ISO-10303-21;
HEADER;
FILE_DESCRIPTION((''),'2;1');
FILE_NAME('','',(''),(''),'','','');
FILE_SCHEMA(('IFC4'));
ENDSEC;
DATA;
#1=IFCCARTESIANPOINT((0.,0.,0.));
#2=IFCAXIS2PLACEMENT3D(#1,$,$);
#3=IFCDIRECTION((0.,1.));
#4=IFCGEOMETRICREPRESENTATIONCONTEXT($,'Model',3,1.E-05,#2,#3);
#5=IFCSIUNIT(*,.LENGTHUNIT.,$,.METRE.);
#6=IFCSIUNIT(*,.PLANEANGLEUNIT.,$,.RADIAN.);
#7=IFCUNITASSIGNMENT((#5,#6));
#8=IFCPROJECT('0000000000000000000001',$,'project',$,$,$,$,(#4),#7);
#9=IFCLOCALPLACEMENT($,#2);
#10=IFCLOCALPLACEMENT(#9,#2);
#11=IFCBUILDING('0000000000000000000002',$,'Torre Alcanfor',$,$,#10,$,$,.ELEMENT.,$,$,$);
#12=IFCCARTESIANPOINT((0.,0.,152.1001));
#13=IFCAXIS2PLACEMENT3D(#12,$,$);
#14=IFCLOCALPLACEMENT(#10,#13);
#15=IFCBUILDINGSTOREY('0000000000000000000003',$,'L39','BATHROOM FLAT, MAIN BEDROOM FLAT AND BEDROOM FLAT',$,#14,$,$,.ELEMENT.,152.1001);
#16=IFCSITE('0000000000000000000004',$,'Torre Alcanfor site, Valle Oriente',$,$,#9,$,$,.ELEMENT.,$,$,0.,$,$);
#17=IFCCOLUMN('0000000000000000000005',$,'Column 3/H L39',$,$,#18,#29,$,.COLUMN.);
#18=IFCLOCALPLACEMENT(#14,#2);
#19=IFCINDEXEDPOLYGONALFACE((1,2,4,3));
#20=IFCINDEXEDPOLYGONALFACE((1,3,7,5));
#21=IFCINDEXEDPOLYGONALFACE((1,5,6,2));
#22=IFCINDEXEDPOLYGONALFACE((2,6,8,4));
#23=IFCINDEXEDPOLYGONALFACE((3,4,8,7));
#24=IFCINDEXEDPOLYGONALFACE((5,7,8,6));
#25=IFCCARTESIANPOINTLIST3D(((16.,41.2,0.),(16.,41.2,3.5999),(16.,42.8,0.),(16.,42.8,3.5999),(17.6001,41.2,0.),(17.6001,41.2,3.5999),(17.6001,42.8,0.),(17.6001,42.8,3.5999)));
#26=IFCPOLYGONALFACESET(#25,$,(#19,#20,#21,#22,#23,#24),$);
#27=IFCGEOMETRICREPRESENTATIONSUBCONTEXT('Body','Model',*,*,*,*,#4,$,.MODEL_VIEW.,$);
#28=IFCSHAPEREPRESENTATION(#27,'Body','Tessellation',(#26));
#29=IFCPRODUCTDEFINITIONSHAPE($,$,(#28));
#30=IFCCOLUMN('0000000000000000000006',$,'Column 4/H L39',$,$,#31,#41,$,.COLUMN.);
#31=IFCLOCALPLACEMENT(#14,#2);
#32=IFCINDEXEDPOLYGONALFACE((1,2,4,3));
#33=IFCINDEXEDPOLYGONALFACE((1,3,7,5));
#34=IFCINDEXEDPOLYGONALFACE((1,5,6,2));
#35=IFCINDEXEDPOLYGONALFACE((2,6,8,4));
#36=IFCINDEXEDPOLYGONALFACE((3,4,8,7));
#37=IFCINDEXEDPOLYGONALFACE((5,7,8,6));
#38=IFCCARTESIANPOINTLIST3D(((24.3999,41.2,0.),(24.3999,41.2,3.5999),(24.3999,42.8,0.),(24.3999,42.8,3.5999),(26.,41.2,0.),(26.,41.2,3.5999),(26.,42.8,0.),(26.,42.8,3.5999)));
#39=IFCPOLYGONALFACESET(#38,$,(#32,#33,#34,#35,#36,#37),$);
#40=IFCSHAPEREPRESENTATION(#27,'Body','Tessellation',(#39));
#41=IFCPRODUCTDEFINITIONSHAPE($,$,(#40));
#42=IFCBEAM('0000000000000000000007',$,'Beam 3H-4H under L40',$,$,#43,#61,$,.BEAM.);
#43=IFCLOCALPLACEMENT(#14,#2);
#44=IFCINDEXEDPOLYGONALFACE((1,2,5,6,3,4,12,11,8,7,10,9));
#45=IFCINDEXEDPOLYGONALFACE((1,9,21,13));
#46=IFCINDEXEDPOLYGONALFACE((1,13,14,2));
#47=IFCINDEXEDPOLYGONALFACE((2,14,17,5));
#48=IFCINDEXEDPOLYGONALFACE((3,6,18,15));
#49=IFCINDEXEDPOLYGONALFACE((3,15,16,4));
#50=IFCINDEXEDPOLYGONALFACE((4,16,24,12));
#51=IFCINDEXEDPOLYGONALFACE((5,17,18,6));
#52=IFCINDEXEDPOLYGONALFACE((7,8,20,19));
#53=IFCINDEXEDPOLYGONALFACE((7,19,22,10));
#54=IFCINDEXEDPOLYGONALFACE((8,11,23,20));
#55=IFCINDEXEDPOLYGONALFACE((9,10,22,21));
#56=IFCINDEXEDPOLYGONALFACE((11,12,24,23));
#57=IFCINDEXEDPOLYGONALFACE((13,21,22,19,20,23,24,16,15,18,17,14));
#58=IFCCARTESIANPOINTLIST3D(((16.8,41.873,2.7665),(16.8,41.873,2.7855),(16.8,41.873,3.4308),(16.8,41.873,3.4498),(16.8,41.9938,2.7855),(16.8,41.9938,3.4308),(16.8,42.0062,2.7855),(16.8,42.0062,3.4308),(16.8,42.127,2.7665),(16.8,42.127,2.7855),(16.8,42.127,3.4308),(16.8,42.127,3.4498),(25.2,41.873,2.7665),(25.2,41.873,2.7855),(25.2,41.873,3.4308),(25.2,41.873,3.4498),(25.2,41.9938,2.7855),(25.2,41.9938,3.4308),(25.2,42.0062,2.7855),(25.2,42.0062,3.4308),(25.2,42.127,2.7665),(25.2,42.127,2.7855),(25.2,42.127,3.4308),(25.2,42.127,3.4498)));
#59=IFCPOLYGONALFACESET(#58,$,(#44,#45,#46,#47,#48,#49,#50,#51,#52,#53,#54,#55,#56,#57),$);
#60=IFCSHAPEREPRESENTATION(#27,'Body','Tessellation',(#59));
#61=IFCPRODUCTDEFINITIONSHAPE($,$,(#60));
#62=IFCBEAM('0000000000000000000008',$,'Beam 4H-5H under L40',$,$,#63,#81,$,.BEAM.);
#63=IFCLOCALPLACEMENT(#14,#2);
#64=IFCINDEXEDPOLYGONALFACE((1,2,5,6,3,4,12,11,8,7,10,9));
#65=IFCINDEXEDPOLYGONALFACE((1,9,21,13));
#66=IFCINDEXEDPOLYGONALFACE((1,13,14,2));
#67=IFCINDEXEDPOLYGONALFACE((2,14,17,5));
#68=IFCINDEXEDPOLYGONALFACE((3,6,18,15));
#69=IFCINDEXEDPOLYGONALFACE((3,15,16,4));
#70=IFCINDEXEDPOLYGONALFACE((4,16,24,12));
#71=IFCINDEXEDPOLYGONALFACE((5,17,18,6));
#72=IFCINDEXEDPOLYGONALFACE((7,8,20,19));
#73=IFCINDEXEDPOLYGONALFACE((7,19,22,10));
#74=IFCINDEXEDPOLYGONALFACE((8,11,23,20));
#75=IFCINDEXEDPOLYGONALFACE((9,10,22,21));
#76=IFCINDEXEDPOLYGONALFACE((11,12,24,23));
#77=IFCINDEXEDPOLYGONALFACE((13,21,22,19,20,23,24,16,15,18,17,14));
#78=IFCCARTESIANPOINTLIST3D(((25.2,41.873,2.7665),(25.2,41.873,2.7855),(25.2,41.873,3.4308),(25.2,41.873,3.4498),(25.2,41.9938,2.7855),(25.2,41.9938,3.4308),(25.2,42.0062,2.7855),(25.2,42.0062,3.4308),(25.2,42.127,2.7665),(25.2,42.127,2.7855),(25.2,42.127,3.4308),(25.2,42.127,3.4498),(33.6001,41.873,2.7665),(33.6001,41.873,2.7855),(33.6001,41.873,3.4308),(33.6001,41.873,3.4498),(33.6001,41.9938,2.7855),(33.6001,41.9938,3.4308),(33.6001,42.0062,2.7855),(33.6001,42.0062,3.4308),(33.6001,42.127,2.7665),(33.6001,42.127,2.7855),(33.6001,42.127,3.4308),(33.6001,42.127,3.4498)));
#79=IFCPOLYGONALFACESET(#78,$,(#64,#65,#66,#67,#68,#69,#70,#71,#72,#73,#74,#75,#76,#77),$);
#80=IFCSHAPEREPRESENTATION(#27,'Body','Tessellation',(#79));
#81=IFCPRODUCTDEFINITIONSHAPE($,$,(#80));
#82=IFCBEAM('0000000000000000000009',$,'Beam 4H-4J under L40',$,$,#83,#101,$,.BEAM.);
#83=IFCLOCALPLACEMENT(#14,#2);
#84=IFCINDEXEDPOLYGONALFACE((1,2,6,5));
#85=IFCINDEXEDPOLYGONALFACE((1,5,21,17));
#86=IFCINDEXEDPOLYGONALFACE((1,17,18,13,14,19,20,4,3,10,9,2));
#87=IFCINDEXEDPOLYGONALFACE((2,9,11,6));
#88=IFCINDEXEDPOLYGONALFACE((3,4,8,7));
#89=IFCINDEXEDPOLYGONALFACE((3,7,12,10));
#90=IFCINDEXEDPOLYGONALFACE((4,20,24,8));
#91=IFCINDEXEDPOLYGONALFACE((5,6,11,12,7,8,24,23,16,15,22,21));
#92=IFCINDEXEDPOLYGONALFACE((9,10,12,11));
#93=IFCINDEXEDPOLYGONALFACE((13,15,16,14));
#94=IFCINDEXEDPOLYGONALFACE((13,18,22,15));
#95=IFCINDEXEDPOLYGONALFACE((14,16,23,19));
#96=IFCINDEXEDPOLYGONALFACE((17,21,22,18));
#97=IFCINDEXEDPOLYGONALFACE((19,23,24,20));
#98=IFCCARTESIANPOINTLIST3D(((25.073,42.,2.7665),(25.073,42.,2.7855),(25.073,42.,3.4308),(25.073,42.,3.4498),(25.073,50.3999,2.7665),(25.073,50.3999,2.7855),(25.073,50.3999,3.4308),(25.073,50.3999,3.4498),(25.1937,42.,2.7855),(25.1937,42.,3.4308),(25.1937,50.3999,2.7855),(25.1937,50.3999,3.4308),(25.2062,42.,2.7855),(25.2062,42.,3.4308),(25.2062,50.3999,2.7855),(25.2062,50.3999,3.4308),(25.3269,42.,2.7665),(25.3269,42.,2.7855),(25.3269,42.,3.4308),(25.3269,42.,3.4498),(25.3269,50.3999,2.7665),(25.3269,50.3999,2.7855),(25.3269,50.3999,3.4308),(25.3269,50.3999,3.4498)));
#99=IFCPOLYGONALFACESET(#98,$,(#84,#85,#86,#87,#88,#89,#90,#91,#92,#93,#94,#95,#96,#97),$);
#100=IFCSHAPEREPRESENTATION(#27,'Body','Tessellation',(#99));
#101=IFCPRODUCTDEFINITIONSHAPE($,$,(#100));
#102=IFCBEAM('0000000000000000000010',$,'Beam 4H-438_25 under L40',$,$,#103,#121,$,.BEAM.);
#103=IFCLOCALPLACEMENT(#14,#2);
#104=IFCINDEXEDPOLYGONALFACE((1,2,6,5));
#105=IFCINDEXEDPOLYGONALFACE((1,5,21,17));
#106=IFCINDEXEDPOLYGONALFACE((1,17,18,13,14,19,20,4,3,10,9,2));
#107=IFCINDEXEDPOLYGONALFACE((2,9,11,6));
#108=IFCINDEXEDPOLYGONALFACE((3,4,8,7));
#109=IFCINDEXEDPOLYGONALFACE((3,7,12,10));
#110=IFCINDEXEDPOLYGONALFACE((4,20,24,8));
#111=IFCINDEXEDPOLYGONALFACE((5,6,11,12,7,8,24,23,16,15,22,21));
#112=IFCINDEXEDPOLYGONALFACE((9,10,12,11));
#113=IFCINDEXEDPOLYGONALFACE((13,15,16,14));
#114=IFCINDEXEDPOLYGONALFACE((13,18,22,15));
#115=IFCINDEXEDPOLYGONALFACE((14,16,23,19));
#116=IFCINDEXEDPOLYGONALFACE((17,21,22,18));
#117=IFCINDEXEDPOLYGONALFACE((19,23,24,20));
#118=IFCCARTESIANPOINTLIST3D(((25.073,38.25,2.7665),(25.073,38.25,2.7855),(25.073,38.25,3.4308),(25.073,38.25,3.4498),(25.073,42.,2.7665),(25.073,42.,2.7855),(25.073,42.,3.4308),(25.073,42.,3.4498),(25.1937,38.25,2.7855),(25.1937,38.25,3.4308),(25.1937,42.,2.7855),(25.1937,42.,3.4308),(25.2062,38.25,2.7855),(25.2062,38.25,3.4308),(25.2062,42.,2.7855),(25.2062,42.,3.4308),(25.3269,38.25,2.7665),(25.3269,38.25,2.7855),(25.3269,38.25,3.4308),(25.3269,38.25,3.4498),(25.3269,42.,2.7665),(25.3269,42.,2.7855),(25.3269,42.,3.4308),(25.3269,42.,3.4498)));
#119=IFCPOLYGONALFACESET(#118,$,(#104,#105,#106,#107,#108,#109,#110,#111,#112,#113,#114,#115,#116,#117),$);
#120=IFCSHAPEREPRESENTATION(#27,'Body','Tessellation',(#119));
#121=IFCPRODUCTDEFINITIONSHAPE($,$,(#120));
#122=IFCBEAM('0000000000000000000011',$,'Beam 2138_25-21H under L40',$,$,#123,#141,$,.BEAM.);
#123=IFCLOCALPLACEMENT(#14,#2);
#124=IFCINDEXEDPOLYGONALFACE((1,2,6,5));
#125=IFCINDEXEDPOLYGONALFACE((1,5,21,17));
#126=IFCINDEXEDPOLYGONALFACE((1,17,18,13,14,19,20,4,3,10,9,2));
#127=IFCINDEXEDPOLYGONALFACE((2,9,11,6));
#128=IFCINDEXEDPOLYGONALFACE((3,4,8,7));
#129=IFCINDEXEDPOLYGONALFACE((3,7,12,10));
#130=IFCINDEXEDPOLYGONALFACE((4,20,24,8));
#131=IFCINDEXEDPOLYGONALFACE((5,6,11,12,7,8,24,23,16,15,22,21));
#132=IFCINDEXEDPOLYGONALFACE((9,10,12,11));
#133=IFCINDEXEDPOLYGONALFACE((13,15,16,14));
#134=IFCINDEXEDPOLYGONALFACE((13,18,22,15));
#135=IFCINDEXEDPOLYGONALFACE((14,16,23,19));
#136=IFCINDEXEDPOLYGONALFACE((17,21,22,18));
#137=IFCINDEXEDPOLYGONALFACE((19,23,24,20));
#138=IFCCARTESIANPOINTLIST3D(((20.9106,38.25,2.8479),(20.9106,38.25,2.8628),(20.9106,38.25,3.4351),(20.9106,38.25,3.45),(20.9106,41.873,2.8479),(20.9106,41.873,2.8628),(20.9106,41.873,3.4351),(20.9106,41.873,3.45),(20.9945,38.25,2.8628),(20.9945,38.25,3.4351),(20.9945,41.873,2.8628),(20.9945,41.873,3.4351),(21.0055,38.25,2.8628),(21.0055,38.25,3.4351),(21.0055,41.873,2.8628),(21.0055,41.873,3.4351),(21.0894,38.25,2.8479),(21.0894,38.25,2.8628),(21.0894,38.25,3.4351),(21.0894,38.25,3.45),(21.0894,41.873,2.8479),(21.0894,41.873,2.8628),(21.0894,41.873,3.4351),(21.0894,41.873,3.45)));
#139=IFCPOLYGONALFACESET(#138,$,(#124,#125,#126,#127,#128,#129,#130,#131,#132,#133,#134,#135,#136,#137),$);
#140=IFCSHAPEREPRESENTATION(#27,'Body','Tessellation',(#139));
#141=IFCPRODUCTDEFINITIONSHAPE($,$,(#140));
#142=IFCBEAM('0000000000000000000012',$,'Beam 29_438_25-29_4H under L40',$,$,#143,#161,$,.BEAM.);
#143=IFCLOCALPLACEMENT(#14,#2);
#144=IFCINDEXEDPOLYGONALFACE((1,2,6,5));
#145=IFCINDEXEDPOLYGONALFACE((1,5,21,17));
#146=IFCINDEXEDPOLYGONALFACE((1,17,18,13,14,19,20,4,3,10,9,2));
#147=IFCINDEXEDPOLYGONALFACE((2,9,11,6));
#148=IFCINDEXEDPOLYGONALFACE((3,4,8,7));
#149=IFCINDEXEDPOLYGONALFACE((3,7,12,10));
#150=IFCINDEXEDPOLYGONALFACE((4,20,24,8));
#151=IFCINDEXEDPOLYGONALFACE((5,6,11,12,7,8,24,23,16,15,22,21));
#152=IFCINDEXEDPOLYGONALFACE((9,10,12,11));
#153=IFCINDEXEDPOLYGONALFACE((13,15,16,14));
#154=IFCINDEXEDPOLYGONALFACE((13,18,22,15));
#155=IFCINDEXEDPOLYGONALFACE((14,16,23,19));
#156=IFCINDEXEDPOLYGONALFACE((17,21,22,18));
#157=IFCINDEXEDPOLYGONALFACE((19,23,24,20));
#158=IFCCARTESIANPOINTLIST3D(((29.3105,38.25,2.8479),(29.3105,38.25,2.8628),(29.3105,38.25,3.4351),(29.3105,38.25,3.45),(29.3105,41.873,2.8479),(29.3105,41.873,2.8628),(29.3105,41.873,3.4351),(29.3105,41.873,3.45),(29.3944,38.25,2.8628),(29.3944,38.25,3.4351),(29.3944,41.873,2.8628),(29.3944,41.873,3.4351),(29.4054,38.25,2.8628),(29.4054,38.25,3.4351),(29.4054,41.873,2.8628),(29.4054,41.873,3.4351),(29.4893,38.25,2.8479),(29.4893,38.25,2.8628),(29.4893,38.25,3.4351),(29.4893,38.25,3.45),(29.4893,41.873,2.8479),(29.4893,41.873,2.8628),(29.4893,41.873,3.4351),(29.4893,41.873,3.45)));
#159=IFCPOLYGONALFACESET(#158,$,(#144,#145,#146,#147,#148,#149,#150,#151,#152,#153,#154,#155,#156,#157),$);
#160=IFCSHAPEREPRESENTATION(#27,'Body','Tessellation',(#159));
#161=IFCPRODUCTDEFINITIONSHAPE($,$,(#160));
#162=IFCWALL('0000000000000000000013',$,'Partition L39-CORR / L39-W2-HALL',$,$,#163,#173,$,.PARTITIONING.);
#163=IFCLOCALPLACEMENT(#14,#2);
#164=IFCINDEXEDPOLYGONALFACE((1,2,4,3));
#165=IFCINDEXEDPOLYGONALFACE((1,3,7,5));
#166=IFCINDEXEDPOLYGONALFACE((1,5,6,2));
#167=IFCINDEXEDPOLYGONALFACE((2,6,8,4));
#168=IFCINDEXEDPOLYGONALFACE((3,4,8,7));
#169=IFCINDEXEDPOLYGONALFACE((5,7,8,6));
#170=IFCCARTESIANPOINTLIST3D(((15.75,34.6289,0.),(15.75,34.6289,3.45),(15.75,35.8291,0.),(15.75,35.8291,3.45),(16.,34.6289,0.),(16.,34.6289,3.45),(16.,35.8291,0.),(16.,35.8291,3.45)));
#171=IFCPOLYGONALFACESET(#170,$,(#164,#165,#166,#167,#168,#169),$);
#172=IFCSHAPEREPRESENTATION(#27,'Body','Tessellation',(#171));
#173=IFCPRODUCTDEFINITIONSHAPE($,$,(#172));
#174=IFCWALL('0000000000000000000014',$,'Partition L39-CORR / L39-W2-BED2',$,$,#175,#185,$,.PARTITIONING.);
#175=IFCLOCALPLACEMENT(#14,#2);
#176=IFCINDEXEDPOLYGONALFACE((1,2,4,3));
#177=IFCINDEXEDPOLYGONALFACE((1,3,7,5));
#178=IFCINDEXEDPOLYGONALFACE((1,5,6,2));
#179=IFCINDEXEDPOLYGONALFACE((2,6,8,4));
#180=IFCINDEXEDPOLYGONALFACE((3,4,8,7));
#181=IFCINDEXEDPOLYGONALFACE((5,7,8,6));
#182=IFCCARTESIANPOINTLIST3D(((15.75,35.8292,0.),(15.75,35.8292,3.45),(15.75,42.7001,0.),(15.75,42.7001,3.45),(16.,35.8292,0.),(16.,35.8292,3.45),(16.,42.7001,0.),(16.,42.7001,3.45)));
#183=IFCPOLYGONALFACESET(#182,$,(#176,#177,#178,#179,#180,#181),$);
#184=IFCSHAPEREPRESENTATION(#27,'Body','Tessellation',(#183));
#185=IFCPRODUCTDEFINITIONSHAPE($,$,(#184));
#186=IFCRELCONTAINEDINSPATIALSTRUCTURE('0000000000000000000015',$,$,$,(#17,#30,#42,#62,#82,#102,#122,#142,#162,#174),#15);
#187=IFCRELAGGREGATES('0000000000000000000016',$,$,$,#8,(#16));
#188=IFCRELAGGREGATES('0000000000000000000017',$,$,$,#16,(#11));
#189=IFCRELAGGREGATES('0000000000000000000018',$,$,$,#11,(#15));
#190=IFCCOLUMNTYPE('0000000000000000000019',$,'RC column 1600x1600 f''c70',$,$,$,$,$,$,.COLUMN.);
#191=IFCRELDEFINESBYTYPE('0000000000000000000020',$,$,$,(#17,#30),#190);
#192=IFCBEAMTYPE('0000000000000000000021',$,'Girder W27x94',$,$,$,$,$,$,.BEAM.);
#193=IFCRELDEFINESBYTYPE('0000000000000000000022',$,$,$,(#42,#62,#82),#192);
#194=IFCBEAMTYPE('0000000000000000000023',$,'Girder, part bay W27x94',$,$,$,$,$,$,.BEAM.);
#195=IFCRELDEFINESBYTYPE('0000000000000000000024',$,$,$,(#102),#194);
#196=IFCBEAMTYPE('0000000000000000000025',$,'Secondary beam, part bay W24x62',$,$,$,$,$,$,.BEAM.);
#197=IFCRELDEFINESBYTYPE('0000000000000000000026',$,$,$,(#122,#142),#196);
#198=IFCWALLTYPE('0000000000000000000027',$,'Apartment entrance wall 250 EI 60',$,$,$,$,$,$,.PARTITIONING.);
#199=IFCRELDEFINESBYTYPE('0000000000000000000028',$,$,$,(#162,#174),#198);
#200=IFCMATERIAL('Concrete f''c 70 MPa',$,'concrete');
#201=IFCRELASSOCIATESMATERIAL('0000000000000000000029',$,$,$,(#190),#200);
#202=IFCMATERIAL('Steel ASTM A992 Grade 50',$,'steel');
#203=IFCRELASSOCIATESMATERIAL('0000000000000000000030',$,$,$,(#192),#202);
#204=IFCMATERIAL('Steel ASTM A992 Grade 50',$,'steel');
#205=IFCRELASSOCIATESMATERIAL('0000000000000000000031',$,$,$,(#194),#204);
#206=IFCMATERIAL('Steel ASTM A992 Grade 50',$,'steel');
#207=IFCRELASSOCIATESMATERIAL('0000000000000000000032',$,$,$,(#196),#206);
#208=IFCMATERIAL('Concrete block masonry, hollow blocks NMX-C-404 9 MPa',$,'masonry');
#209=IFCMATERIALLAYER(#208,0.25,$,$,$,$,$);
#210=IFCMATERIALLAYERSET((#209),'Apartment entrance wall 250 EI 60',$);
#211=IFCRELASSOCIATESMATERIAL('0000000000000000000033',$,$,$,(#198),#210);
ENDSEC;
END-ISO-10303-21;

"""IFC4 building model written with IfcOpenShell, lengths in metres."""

from ifc_helpers import new_model, si_unit, direction, frame, frame_2d, origin, origin_2d, place, context, subcontext, project, spatial, rectangle, i_section, extrude, material, layer, layer_set, material_profile, profile_set, type_object, element, save


model = new_model("IFC4")

# Units and contexts
model_context = context("Model", 3, precision=1e-05, world=origin(), true_north=direction((0.0, 1.0)))
body_context = subcontext(model_context, "Body", "Model", "MODEL_VIEW")
ifc_project = project(units=[si_unit("LENGTHUNIT", "METRE"), si_unit("PLANEANGLEUNIT", "RADIAN")], contexts=[model_context])

# Site, building, storey
site_placement = place(None, origin())
site = spatial("IfcSite", under=ifc_project, at=site_placement, Name="Torre Alcanfor site, Valle Oriente", CompositionType="ELEMENT", RefElevation=0.0)
building_placement = place(site_placement, origin())
building = spatial("IfcBuilding", under=site, at=building_placement, Name="Torre Alcanfor", CompositionType="ELEMENT")
storey_placement = place(building_placement, frame((0.0, 0.0, 152.1001)))
storey = spatial("IfcBuildingStorey", under=building, at=storey_placement, Name="L39", Description="BATHROOM FLAT, MAIN BEDROOM FLAT AND BEDROOM FLAT", CompositionType="ELEMENT", Elevation=152.1001)

# Columns
ifc_material_1 = material(Name="Concrete f'c 70 MPa", Category="concrete")
ifc_material_profile_1 = material_profile(ifc_material_1, rectangle(XDim=1.6001, YDim=1.6001, at=origin_2d()), Name="1600x1600")
ifc_profile_set_1 = profile_set([ifc_material_profile_1], Name="Concrete f'c 70 MPa")
column_type = type_object("IfcColumnType", Name="RC column 1600x1600 f'c70", PredefinedType="COLUMN", material=ifc_profile_set_1)
for number, where, z_axis, x_axis, name in (
    (1, (16.8, 42.0, 0.0), (0.0, 0.0, 1.0), (1.0, 0.0, 0.0), "Column 3/H L39"),
    (2, (25.2, 42.0, 0.0), (0.0, 0.0, 1.0), (1.0, 0.0, 0.0), "Column 4/H L39"),
):
    element("IfcColumn", number, at=place(storey_placement, frame(where, z_axis=z_axis, x_axis=x_axis)), inside=storey, type_object=column_type, Name=name, PredefinedType="COLUMN", context=body_context, shape_type="SweptSolid", body=[
        extrude(rectangle(XDim=1.6001, YDim=1.6001, at=origin_2d()), origin(), (0.0, 0.0, 1.0), 3.5999),
    ])

# Beams
ifc_material_2 = material(Name="Steel ASTM A992 Grade 50", Category="steel")
ifc_material_profile_2 = material_profile(ifc_material_2, i_section(OverallWidth=0.2539, OverallDepth=0.6833, WebThickness=0.0125, FlangeThickness=0.019, at=origin_2d()), Name="W27x94")
ifc_profile_set_2 = profile_set([ifc_material_profile_2], Name="Steel ASTM A992 Grade 50")
beam_type_1 = type_object("IfcBeamType", Name="Girder W27x94", PredefinedType="BEAM", material=ifc_profile_set_2)
beam_1_placement = place(storey_placement, frame((16.8, 42.0, 3.1082), z_axis=(1.0, 0.0, 0.0), x_axis=(0.0, 1.0, 0.0)))
element("IfcBeam", 3, at=beam_1_placement, inside=storey, type_object=beam_type_1, Name="Beam 3H-4H under L40", PredefinedType="BEAM", context=body_context, shape_type="SweptSolid", body=[
    extrude(i_section(OverallWidth=0.2539, OverallDepth=0.6833, WebThickness=0.0125, FlangeThickness=0.019, at=origin_2d()), origin(), (0.0, 0.0, 1.0), 8.3999),
])
beam_2_placement = place(storey_placement, frame((25.2, 42.0, 3.1082), z_axis=(1.0, 0.0, 0.0), x_axis=(0.0, 1.0, 0.0)))
element("IfcBeam", 4, at=beam_2_placement, inside=storey, type_object=beam_type_1, Name="Beam 4H-5H under L40", PredefinedType="BEAM", context=body_context, shape_type="SweptSolid", body=[
    extrude(i_section(OverallWidth=0.2539, OverallDepth=0.6833, WebThickness=0.0125, FlangeThickness=0.019, at=origin_2d()), origin(), (0.0, 0.0, 1.0), 8.4001),
])
beam_3_placement = place(storey_placement, frame((25.2, 42.0, 3.1082), z_axis=(0.0, 1.0, 0.0), x_axis=(-1.0, 0.0, 0.0)))
element("IfcBeam", 5, at=beam_3_placement, inside=storey, type_object=beam_type_1, Name="Beam 4H-4J under L40", PredefinedType="BEAM", context=body_context, shape_type="SweptSolid", body=[
    extrude(i_section(OverallWidth=0.2539, OverallDepth=0.6833, WebThickness=0.0125, FlangeThickness=0.019, at=origin_2d()), origin(), (0.0, 0.0, 1.0), 8.3999),
])
ifc_material_3 = material(Name="Steel ASTM A992 Grade 50", Category="steel")
ifc_material_profile_3 = material_profile(ifc_material_3, i_section(OverallWidth=0.2539, OverallDepth=0.6833, WebThickness=0.0125, FlangeThickness=0.019, at=origin_2d()), Name="W27x94")
ifc_profile_set_3 = profile_set([ifc_material_profile_3], Name="Steel ASTM A992 Grade 50")
beam_type_2 = type_object("IfcBeamType", Name="Girder, part bay W27x94", PredefinedType="BEAM", material=ifc_profile_set_3)
beam_4_placement = place(storey_placement, frame((25.2, 42.0, 3.1082), z_axis=(0.0, -1.0, 0.0), x_axis=(1.0, 0.0, 0.0)))
element("IfcBeam", 6, at=beam_4_placement, inside=storey, type_object=beam_type_2, Name="Beam 4H-438_25 under L40", PredefinedType="BEAM", context=body_context, shape_type="SweptSolid", body=[
    extrude(i_section(OverallWidth=0.2539, OverallDepth=0.6833, WebThickness=0.0125, FlangeThickness=0.019, at=origin_2d()), origin(), (0.0, 0.0, 1.0), 3.75),
])
ifc_material_4 = material(Name="Steel ASTM A992 Grade 50", Category="steel")
ifc_material_profile_4 = material_profile(ifc_material_4, i_section(OverallWidth=0.1787, OverallDepth=0.6021, WebThickness=0.011, FlangeThickness=0.0149, at=origin_2d()), Name="W24x62")
ifc_profile_set_4 = profile_set([ifc_material_profile_4], Name="Steel ASTM A992 Grade 50")
beam_type_3 = type_object("IfcBeamType", Name="Secondary beam, part bay W24x62", PredefinedType="BEAM", material=ifc_profile_set_4)
for number, where, z_axis, x_axis, name in (
    (7, (21.0, 38.25, 3.1489), (0.0, 1.0, 0.0), (-1.0, 0.0, 0.0), "Beam 2138_25-21H under L40"),
    (8, (29.3999, 38.25, 3.1489), (0.0, 1.0, 0.0), (-1.0, 0.0, 0.0), "Beam 29_438_25-29_4H under L40"),
):
    element("IfcBeam", number, at=place(storey_placement, frame(where, z_axis=z_axis, x_axis=x_axis)), inside=storey, type_object=beam_type_3, Name=name, PredefinedType="BEAM", context=body_context, shape_type="SweptSolid", body=[
        extrude(i_section(OverallWidth=0.1787, OverallDepth=0.6021, WebThickness=0.011, FlangeThickness=0.0149, at=origin_2d()), origin(), (0.0, 0.0, 1.0), 3.623),
    ])

# Walls
ifc_material_5 = material(Name="Concrete block masonry, hollow blocks NMX-C-404 9 MPa", Category="masonry")
ifc_layer_1 = layer(ifc_material_5, 0.25)
ifc_layer_set_1 = layer_set([ifc_layer_1], Name="Apartment entrance wall 250 EI 60")
wall_type_1 = type_object("IfcWallType", Name="Apartment entrance wall 250 EI 60", PredefinedType="PARTITIONING", material=ifc_layer_set_1)
wall_1_placement = place(storey_placement, frame((15.875, 34.6289, 0.0), z_axis=(0.0, 0.0, 1.0), x_axis=(0.0, 1.0, 0.0)))
element("IfcWall", 9, at=wall_1_placement, inside=storey, type_object=wall_type_1, Name="Partition L39-CORR / L39-W2-HALL", PredefinedType="PARTITIONING", context=body_context, shape_type="SweptSolid", body=[
    extrude(rectangle(XDim=1.2002, YDim=0.25, at=frame_2d((0.6001, 0.0))), origin(), (0.0, 0.0, 1.0), 3.45),
])
wall_2_placement = place(storey_placement, frame((15.875, 35.8291, 0.0), z_axis=(0.0, 0.0, 1.0), x_axis=(0.0, 1.0, 0.0)))
element("IfcWall", 10, at=wall_2_placement, inside=storey, type_object=wall_type_1, Name="Partition L39-CORR / L39-W2-BED2", PredefinedType="PARTITIONING", context=body_context, shape_type="SweptSolid", body=[
    extrude(rectangle(XDim=6.8708, YDim=0.25, at=frame_2d((3.4355, 0.0))), origin(), (0.0, 0.0, 1.0), 3.45),
])

save(model, "model.ifc")
